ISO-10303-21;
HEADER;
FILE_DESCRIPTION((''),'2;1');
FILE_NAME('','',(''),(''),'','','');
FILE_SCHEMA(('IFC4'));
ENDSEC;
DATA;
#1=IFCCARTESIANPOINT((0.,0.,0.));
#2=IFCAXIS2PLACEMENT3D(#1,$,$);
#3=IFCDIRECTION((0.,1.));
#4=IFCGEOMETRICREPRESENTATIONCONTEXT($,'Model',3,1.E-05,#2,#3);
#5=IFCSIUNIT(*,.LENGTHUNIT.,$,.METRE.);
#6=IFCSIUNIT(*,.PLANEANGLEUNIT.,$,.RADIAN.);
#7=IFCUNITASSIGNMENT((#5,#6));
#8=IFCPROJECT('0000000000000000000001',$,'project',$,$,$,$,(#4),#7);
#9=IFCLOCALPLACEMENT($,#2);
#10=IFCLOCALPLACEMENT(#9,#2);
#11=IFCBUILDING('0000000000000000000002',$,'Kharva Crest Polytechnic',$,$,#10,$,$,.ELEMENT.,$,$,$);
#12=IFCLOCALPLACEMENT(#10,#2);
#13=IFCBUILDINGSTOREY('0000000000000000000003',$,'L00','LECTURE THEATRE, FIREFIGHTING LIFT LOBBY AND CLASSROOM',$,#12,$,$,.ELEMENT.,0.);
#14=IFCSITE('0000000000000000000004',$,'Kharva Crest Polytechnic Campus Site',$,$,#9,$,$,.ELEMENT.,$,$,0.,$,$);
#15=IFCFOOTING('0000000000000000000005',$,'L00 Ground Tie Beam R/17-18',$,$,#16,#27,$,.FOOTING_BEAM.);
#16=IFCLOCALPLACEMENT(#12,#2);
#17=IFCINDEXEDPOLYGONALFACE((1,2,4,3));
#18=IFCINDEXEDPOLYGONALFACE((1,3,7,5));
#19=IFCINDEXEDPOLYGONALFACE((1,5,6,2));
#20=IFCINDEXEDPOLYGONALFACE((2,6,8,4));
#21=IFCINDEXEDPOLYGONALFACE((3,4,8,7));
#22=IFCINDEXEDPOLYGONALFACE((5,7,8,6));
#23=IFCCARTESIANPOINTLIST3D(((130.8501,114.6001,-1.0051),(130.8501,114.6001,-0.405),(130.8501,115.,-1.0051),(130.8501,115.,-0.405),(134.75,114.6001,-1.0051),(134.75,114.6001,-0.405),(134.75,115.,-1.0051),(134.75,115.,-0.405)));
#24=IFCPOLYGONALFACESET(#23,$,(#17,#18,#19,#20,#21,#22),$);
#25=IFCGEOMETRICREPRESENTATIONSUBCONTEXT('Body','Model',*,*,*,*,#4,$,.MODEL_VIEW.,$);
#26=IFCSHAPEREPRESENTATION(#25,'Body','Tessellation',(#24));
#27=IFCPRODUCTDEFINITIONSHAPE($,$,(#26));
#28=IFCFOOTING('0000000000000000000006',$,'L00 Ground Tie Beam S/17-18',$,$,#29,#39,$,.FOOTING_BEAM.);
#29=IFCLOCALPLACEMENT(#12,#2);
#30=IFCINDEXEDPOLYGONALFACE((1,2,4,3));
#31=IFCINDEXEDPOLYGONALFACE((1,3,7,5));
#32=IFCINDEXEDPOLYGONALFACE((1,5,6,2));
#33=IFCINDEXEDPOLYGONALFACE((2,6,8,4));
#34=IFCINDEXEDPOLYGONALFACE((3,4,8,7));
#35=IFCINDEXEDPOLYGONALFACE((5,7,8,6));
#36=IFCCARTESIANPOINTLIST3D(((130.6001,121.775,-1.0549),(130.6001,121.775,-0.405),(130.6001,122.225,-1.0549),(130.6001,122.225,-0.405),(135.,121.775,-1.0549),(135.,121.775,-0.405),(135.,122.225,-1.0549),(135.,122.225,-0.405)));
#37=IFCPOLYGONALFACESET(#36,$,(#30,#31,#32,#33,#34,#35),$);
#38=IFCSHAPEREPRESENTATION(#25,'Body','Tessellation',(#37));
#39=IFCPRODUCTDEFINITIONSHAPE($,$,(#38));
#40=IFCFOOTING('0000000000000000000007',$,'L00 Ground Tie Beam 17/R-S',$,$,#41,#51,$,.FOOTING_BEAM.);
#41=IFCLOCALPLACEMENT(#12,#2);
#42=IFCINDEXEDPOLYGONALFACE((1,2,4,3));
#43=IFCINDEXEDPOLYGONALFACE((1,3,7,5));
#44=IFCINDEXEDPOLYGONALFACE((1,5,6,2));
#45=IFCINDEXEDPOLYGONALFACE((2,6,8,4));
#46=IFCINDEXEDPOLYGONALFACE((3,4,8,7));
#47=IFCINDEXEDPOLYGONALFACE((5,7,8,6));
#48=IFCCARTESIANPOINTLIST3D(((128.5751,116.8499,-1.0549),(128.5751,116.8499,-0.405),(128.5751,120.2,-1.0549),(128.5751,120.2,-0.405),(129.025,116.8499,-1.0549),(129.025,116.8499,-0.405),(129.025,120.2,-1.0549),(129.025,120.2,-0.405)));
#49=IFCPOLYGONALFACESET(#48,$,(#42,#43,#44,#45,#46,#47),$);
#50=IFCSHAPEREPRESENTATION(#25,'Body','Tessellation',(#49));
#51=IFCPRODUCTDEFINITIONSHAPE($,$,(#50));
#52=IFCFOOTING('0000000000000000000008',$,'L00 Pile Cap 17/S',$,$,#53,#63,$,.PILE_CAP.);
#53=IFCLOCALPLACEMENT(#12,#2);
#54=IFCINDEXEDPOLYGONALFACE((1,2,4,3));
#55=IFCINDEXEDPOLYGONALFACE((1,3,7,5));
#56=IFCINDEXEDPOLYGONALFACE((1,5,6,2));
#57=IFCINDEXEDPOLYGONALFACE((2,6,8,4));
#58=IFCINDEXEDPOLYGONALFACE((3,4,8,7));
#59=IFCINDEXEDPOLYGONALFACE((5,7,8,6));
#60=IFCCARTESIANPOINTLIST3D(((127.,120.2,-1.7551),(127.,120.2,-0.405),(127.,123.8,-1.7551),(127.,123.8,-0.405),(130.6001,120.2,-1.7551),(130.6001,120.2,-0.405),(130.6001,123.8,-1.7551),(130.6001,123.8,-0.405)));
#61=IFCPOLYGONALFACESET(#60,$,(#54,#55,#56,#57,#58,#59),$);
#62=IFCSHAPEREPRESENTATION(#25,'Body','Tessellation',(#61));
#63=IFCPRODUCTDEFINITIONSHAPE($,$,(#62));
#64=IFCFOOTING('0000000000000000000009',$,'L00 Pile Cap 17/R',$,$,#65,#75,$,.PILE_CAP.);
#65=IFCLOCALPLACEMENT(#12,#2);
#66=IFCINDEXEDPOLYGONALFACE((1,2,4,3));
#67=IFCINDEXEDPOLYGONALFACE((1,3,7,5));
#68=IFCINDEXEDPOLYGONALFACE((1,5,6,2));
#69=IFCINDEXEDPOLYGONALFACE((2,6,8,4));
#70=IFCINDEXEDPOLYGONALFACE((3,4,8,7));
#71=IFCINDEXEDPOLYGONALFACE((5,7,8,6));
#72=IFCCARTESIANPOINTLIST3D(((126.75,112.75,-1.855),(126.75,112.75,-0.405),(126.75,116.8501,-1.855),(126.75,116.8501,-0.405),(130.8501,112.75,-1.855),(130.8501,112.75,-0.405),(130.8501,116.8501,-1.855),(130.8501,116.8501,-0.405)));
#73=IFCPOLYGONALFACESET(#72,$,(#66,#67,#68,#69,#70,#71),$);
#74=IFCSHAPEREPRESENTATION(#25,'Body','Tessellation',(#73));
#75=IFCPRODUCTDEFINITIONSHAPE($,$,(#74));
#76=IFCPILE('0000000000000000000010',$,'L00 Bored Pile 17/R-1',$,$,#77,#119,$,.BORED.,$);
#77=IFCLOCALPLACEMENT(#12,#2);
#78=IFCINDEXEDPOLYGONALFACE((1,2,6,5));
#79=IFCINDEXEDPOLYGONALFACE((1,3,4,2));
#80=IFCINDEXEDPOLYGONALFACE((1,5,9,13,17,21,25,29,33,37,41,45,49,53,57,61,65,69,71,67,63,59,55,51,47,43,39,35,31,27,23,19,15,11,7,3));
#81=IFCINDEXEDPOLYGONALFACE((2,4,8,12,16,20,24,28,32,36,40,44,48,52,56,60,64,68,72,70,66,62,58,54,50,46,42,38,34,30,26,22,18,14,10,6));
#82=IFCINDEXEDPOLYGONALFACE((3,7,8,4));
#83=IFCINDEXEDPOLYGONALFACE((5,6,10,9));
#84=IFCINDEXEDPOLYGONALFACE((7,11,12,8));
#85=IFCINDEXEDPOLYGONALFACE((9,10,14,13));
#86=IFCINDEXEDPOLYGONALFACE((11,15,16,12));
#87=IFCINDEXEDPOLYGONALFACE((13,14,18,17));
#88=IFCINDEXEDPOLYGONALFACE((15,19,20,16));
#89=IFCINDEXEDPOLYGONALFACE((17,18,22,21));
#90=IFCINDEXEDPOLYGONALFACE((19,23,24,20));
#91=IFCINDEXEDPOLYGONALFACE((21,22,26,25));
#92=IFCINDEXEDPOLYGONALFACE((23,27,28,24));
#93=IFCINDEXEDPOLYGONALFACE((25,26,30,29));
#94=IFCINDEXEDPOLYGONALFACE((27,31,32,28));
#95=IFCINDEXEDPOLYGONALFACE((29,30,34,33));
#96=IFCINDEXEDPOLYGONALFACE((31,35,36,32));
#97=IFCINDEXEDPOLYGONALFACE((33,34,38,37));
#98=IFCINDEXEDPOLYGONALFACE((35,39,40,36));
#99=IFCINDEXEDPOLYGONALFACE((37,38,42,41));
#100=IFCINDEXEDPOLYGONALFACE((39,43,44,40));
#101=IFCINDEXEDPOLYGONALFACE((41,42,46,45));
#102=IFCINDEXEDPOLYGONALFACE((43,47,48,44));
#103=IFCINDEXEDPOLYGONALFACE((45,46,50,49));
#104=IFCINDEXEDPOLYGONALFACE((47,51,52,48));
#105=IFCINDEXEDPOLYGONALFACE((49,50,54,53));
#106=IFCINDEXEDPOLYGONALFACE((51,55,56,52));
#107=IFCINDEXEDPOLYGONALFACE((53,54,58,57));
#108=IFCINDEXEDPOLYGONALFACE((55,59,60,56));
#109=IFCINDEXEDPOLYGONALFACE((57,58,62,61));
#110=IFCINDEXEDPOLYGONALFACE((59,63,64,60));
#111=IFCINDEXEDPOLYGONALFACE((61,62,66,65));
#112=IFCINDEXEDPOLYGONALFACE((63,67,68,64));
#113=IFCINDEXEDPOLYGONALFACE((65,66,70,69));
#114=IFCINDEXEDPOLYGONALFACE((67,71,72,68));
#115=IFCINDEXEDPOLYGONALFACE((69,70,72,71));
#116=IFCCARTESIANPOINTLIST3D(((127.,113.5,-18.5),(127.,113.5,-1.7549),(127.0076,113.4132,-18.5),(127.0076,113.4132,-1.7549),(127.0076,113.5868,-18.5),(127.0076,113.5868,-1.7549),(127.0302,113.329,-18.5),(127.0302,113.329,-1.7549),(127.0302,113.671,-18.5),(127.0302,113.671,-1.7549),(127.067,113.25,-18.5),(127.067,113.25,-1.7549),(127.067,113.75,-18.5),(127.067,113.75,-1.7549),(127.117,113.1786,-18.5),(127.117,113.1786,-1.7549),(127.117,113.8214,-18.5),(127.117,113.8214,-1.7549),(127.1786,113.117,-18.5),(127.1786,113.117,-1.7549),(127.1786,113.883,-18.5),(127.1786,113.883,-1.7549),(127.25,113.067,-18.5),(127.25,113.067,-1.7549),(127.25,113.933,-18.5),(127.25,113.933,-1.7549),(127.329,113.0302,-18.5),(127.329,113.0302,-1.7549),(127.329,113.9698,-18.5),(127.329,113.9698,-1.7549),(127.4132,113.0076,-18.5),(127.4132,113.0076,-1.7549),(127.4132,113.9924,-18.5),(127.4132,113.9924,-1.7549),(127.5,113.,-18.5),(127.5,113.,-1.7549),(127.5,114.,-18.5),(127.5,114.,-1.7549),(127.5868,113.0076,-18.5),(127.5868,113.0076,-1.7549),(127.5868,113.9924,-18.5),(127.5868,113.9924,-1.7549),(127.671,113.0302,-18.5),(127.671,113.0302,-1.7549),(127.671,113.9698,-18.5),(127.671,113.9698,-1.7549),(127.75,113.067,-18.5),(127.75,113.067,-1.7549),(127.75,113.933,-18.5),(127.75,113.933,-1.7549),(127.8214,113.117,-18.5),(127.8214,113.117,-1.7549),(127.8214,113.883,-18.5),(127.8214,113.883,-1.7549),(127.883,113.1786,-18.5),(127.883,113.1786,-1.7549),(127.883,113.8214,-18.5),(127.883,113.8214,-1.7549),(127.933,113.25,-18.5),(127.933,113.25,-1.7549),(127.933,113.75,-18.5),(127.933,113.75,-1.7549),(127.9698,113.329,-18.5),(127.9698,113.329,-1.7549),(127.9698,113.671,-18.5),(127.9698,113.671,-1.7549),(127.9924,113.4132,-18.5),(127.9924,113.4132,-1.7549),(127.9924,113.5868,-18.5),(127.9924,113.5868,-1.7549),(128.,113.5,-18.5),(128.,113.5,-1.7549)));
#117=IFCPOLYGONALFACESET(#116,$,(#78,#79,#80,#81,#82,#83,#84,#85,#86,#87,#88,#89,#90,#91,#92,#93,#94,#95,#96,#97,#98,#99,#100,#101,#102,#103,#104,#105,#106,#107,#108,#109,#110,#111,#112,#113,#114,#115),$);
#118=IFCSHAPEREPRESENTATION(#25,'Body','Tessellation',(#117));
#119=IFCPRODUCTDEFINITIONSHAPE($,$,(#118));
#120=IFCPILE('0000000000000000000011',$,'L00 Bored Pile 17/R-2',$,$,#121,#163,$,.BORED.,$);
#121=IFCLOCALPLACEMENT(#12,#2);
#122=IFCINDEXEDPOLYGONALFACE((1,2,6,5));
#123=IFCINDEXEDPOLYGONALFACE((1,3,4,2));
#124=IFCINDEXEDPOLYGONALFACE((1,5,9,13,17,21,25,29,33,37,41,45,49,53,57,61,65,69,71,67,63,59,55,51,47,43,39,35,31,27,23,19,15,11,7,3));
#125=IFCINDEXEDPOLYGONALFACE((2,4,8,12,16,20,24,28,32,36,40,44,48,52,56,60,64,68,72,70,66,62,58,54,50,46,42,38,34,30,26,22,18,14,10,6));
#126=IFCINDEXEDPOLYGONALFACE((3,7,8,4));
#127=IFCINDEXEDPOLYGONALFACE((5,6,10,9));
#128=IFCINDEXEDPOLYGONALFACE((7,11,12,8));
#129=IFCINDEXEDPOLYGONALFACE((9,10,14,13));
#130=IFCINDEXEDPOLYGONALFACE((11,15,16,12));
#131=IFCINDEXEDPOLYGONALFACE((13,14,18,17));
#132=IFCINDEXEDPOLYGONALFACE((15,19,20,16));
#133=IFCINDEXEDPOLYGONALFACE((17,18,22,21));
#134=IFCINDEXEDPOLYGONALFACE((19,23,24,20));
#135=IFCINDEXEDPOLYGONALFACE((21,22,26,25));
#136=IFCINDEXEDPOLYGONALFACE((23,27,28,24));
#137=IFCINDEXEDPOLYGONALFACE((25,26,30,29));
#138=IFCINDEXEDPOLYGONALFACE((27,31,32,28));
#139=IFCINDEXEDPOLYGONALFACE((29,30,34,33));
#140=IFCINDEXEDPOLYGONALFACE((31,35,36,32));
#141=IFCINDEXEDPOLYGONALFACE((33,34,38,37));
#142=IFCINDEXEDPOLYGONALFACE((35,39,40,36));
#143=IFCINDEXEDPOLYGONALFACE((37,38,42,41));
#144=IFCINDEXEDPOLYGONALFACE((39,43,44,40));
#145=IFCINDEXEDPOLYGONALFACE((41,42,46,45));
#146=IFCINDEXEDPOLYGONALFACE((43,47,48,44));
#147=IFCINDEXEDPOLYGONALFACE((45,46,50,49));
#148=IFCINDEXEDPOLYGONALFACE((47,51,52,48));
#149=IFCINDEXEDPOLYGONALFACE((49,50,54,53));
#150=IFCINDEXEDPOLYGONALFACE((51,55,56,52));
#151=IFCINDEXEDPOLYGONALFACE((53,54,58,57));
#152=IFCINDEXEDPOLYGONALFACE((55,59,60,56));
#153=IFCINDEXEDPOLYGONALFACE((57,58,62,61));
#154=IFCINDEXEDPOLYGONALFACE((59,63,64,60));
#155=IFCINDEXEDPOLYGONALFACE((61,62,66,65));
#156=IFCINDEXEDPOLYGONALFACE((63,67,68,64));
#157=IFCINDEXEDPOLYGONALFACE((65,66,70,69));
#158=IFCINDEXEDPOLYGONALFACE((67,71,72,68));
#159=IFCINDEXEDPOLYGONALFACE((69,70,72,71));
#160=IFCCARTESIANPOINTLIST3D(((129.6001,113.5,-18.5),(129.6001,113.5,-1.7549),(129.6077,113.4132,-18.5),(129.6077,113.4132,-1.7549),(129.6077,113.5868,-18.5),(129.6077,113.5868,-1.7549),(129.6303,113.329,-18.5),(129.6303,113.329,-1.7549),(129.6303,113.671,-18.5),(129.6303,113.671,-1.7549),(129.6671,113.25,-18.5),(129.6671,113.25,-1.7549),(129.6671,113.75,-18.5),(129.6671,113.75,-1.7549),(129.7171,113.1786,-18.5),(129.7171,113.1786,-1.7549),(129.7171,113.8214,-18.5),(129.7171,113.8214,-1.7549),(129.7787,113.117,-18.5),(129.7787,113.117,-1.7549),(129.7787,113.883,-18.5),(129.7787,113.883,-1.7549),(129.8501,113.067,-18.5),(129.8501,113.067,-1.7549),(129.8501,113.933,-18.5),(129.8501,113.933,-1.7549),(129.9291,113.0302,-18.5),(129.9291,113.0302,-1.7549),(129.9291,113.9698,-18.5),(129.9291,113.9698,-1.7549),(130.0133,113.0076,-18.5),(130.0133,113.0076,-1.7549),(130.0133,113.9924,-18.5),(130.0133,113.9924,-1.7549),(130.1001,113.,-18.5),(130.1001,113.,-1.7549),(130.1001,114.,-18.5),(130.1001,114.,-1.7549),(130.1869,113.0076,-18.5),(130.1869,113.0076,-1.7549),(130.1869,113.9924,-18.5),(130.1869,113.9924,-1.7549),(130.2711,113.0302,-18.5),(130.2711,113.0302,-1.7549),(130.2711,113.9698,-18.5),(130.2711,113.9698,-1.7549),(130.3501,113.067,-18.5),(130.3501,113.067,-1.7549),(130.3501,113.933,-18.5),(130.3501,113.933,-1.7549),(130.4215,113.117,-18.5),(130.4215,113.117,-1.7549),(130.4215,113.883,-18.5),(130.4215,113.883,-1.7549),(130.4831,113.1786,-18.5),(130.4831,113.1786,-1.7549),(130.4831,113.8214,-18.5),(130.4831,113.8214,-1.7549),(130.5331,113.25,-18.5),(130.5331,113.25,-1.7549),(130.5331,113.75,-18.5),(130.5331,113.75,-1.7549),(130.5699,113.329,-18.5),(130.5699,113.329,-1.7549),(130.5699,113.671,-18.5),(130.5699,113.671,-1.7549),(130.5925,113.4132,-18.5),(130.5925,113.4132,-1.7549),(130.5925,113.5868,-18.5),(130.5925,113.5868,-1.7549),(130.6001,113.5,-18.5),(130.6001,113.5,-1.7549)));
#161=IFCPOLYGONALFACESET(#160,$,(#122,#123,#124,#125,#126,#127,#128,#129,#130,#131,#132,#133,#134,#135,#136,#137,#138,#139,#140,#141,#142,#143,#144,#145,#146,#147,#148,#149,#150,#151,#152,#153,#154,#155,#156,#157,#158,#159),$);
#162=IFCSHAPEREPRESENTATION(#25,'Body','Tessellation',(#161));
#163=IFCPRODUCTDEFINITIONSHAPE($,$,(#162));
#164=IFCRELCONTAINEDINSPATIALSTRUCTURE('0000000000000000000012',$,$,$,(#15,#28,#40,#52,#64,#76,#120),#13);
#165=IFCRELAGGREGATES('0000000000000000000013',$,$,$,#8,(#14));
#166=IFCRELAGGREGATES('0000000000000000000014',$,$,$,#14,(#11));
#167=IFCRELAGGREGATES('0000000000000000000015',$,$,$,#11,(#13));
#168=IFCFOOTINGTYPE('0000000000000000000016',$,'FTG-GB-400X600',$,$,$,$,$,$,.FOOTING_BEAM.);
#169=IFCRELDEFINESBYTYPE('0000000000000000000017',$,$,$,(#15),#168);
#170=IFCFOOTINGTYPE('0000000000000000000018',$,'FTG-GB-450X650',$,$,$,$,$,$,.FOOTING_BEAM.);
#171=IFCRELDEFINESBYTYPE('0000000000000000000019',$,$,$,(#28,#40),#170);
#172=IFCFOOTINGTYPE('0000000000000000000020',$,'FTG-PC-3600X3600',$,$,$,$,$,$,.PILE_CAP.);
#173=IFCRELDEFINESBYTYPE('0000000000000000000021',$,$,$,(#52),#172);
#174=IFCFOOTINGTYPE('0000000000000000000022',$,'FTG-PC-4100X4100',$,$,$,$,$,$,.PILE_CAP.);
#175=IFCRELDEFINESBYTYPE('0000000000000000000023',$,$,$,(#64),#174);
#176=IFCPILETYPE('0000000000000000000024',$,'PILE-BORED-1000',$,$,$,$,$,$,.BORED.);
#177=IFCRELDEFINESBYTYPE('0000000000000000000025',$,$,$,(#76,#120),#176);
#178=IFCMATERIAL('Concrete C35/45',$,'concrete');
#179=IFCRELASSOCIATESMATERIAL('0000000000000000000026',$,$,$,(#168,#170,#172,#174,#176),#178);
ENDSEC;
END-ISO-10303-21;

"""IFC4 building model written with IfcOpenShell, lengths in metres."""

from ifc_helpers import new_model, si_unit, direction, frame, origin, origin_2d, place, context, subcontext, project, spatial, rectangle, circle, extrude, material, material_profile, profile_set, type_object, element, save


model = new_model("IFC4")

# Units and contexts
model_context = context("Model", 3, precision=1e-05, world=origin(), true_north=direction((0.0, 1.0)))
body_context = subcontext(model_context, "Body", "Model", "MODEL_VIEW")
ifc_project = project(units=[si_unit("LENGTHUNIT", "METRE"), si_unit("PLANEANGLEUNIT", "RADIAN")], contexts=[model_context])

# Site, building, storey
site_placement = place(None, origin())
site = spatial("IfcSite", under=ifc_project, at=site_placement, Name="Kharva Crest Polytechnic Campus Site", CompositionType="ELEMENT", RefElevation=0.0)
building_placement = place(site_placement, origin())
building = spatial("IfcBuilding", under=site, at=building_placement, Name="Kharva Crest Polytechnic", CompositionType="ELEMENT")
storey_placement = place(building_placement, origin())
storey = spatial("IfcBuildingStorey", under=building, at=storey_placement, Name="L00", Description="LECTURE THEATRE, FIREFIGHTING LIFT LOBBY AND CLASSROOM", CompositionType="ELEMENT", Elevation=0.0)

# Footings
ifc_material_1 = material(Name="Concrete C35/45", Category="concrete")
footing_type_1 = type_object("IfcFootingType", Name="FTG-GB-400X600", PredefinedType="FOOTING_BEAM", material=ifc_material_1)
footing_1_placement = place(storey_placement, frame((132.8, 114.8, -1.0051), z_axis=(0.0, 0.0, 1.0), x_axis=(1.0, 0.0, 0.0)))
element("IfcFooting", 1, at=footing_1_placement, inside=storey, type_object=footing_type_1, Name="L00 Ground Tie Beam R/17-18", PredefinedType="FOOTING_BEAM", context=body_context, shape_type="SweptSolid", body=[
    extrude(rectangle(XDim=3.8999, YDim=0.3999, at=origin_2d()), origin(), (0.0, 0.0, 1.0), 0.6001),
])
footing_type_2 = type_object("IfcFootingType", Name="FTG-GB-450X650", PredefinedType="FOOTING_BEAM", material=ifc_material_1)
footing_2_placement = place(storey_placement, frame((132.8, 122.0, -1.0549), z_axis=(0.0, 0.0, 1.0), x_axis=(1.0, 0.0, 0.0)))
element("IfcFooting", 2, at=footing_2_placement, inside=storey, type_object=footing_type_2, Name="L00 Ground Tie Beam S/17-18", PredefinedType="FOOTING_BEAM", context=body_context, shape_type="SweptSolid", body=[
    extrude(rectangle(XDim=4.3999, YDim=0.45, at=origin_2d()), origin(), (0.0, 0.0, 1.0), 0.6499),
])
footing_3_placement = place(storey_placement, frame((128.8, 118.5249, -1.0549), z_axis=(0.0, 0.0, 1.0), x_axis=(0.0, 1.0, 0.0)))
element("IfcFooting", 3, at=footing_3_placement, inside=storey, type_object=footing_type_2, Name="L00 Ground Tie Beam 17/R-S", PredefinedType="FOOTING_BEAM", context=body_context, shape_type="SweptSolid", body=[
    extrude(rectangle(XDim=3.3501, YDim=0.45, at=origin_2d()), origin(), (0.0, 0.0, 1.0), 0.6499),
])
footing_type_3 = type_object("IfcFootingType", Name="FTG-PC-3600X3600", PredefinedType="PILE_CAP", material=ifc_material_1)
footing_4_placement = place(storey_placement, frame((128.8, 122.0, -1.7551), z_axis=(0.0, 0.0, 1.0), x_axis=(1.0, 0.0, 0.0)))
element("IfcFooting", 4, at=footing_4_placement, inside=storey, type_object=footing_type_3, Name="L00 Pile Cap 17/S", PredefinedType="PILE_CAP", context=body_context, shape_type="SweptSolid", body=[
    extrude(rectangle(XDim=3.6001, YDim=3.6001, at=origin_2d()), origin(), (0.0, 0.0, 1.0), 1.3501),
])
footing_type_4 = type_object("IfcFootingType", Name="FTG-PC-4100X4100", PredefinedType="PILE_CAP", material=ifc_material_1)
footing_5_placement = place(storey_placement, frame((128.8, 114.8, -1.855), z_axis=(0.0, 0.0, 1.0), x_axis=(1.0, 0.0, 0.0)))
element("IfcFooting", 5, at=footing_5_placement, inside=storey, type_object=footing_type_4, Name="L00 Pile Cap 17/R", PredefinedType="PILE_CAP", context=body_context, shape_type="SweptSolid", body=[
    extrude(rectangle(XDim=4.1001, YDim=4.1001, at=origin_2d()), origin(), (0.0, 0.0, 1.0), 1.45),
])

# Piles
ifc_material_profile_1 = material_profile(ifc_material_1, circle(Radius=0.5, at=origin_2d()), Name="DIA 1000")
ifc_profile_set_1 = profile_set([ifc_material_profile_1], Name="Concrete C35/45")
pile_type_1 = type_object("IfcPileType", Name="PILE-BORED-1000", PredefinedType="BORED", material=ifc_profile_set_1)
for number, where, z_axis, x_axis, name in (
    (6, (127.5, 113.5, -1.7549), (0.0, 0.0, -1.0), (1.0, 0.0, 0.0), "L00 Bored Pile 17/R-1"),
    (7, (130.1001, 113.5, -1.7549), (0.0, 0.0, -1.0), (1.0, 0.0, 0.0), "L00 Bored Pile 17/R-2"),
):
    element("IfcPile", number, at=place(storey_placement, frame(where, z_axis=z_axis, x_axis=x_axis)), inside=storey, type_object=pile_type_1, Name=name, PredefinedType="BORED", context=body_context, shape_type="SweptSolid", body=[
        extrude(circle(Radius=0.5, at=origin_2d()), origin(), (0.0, 0.0, 1.0), 16.7451),
    ])

save(model, "model.ifc")
